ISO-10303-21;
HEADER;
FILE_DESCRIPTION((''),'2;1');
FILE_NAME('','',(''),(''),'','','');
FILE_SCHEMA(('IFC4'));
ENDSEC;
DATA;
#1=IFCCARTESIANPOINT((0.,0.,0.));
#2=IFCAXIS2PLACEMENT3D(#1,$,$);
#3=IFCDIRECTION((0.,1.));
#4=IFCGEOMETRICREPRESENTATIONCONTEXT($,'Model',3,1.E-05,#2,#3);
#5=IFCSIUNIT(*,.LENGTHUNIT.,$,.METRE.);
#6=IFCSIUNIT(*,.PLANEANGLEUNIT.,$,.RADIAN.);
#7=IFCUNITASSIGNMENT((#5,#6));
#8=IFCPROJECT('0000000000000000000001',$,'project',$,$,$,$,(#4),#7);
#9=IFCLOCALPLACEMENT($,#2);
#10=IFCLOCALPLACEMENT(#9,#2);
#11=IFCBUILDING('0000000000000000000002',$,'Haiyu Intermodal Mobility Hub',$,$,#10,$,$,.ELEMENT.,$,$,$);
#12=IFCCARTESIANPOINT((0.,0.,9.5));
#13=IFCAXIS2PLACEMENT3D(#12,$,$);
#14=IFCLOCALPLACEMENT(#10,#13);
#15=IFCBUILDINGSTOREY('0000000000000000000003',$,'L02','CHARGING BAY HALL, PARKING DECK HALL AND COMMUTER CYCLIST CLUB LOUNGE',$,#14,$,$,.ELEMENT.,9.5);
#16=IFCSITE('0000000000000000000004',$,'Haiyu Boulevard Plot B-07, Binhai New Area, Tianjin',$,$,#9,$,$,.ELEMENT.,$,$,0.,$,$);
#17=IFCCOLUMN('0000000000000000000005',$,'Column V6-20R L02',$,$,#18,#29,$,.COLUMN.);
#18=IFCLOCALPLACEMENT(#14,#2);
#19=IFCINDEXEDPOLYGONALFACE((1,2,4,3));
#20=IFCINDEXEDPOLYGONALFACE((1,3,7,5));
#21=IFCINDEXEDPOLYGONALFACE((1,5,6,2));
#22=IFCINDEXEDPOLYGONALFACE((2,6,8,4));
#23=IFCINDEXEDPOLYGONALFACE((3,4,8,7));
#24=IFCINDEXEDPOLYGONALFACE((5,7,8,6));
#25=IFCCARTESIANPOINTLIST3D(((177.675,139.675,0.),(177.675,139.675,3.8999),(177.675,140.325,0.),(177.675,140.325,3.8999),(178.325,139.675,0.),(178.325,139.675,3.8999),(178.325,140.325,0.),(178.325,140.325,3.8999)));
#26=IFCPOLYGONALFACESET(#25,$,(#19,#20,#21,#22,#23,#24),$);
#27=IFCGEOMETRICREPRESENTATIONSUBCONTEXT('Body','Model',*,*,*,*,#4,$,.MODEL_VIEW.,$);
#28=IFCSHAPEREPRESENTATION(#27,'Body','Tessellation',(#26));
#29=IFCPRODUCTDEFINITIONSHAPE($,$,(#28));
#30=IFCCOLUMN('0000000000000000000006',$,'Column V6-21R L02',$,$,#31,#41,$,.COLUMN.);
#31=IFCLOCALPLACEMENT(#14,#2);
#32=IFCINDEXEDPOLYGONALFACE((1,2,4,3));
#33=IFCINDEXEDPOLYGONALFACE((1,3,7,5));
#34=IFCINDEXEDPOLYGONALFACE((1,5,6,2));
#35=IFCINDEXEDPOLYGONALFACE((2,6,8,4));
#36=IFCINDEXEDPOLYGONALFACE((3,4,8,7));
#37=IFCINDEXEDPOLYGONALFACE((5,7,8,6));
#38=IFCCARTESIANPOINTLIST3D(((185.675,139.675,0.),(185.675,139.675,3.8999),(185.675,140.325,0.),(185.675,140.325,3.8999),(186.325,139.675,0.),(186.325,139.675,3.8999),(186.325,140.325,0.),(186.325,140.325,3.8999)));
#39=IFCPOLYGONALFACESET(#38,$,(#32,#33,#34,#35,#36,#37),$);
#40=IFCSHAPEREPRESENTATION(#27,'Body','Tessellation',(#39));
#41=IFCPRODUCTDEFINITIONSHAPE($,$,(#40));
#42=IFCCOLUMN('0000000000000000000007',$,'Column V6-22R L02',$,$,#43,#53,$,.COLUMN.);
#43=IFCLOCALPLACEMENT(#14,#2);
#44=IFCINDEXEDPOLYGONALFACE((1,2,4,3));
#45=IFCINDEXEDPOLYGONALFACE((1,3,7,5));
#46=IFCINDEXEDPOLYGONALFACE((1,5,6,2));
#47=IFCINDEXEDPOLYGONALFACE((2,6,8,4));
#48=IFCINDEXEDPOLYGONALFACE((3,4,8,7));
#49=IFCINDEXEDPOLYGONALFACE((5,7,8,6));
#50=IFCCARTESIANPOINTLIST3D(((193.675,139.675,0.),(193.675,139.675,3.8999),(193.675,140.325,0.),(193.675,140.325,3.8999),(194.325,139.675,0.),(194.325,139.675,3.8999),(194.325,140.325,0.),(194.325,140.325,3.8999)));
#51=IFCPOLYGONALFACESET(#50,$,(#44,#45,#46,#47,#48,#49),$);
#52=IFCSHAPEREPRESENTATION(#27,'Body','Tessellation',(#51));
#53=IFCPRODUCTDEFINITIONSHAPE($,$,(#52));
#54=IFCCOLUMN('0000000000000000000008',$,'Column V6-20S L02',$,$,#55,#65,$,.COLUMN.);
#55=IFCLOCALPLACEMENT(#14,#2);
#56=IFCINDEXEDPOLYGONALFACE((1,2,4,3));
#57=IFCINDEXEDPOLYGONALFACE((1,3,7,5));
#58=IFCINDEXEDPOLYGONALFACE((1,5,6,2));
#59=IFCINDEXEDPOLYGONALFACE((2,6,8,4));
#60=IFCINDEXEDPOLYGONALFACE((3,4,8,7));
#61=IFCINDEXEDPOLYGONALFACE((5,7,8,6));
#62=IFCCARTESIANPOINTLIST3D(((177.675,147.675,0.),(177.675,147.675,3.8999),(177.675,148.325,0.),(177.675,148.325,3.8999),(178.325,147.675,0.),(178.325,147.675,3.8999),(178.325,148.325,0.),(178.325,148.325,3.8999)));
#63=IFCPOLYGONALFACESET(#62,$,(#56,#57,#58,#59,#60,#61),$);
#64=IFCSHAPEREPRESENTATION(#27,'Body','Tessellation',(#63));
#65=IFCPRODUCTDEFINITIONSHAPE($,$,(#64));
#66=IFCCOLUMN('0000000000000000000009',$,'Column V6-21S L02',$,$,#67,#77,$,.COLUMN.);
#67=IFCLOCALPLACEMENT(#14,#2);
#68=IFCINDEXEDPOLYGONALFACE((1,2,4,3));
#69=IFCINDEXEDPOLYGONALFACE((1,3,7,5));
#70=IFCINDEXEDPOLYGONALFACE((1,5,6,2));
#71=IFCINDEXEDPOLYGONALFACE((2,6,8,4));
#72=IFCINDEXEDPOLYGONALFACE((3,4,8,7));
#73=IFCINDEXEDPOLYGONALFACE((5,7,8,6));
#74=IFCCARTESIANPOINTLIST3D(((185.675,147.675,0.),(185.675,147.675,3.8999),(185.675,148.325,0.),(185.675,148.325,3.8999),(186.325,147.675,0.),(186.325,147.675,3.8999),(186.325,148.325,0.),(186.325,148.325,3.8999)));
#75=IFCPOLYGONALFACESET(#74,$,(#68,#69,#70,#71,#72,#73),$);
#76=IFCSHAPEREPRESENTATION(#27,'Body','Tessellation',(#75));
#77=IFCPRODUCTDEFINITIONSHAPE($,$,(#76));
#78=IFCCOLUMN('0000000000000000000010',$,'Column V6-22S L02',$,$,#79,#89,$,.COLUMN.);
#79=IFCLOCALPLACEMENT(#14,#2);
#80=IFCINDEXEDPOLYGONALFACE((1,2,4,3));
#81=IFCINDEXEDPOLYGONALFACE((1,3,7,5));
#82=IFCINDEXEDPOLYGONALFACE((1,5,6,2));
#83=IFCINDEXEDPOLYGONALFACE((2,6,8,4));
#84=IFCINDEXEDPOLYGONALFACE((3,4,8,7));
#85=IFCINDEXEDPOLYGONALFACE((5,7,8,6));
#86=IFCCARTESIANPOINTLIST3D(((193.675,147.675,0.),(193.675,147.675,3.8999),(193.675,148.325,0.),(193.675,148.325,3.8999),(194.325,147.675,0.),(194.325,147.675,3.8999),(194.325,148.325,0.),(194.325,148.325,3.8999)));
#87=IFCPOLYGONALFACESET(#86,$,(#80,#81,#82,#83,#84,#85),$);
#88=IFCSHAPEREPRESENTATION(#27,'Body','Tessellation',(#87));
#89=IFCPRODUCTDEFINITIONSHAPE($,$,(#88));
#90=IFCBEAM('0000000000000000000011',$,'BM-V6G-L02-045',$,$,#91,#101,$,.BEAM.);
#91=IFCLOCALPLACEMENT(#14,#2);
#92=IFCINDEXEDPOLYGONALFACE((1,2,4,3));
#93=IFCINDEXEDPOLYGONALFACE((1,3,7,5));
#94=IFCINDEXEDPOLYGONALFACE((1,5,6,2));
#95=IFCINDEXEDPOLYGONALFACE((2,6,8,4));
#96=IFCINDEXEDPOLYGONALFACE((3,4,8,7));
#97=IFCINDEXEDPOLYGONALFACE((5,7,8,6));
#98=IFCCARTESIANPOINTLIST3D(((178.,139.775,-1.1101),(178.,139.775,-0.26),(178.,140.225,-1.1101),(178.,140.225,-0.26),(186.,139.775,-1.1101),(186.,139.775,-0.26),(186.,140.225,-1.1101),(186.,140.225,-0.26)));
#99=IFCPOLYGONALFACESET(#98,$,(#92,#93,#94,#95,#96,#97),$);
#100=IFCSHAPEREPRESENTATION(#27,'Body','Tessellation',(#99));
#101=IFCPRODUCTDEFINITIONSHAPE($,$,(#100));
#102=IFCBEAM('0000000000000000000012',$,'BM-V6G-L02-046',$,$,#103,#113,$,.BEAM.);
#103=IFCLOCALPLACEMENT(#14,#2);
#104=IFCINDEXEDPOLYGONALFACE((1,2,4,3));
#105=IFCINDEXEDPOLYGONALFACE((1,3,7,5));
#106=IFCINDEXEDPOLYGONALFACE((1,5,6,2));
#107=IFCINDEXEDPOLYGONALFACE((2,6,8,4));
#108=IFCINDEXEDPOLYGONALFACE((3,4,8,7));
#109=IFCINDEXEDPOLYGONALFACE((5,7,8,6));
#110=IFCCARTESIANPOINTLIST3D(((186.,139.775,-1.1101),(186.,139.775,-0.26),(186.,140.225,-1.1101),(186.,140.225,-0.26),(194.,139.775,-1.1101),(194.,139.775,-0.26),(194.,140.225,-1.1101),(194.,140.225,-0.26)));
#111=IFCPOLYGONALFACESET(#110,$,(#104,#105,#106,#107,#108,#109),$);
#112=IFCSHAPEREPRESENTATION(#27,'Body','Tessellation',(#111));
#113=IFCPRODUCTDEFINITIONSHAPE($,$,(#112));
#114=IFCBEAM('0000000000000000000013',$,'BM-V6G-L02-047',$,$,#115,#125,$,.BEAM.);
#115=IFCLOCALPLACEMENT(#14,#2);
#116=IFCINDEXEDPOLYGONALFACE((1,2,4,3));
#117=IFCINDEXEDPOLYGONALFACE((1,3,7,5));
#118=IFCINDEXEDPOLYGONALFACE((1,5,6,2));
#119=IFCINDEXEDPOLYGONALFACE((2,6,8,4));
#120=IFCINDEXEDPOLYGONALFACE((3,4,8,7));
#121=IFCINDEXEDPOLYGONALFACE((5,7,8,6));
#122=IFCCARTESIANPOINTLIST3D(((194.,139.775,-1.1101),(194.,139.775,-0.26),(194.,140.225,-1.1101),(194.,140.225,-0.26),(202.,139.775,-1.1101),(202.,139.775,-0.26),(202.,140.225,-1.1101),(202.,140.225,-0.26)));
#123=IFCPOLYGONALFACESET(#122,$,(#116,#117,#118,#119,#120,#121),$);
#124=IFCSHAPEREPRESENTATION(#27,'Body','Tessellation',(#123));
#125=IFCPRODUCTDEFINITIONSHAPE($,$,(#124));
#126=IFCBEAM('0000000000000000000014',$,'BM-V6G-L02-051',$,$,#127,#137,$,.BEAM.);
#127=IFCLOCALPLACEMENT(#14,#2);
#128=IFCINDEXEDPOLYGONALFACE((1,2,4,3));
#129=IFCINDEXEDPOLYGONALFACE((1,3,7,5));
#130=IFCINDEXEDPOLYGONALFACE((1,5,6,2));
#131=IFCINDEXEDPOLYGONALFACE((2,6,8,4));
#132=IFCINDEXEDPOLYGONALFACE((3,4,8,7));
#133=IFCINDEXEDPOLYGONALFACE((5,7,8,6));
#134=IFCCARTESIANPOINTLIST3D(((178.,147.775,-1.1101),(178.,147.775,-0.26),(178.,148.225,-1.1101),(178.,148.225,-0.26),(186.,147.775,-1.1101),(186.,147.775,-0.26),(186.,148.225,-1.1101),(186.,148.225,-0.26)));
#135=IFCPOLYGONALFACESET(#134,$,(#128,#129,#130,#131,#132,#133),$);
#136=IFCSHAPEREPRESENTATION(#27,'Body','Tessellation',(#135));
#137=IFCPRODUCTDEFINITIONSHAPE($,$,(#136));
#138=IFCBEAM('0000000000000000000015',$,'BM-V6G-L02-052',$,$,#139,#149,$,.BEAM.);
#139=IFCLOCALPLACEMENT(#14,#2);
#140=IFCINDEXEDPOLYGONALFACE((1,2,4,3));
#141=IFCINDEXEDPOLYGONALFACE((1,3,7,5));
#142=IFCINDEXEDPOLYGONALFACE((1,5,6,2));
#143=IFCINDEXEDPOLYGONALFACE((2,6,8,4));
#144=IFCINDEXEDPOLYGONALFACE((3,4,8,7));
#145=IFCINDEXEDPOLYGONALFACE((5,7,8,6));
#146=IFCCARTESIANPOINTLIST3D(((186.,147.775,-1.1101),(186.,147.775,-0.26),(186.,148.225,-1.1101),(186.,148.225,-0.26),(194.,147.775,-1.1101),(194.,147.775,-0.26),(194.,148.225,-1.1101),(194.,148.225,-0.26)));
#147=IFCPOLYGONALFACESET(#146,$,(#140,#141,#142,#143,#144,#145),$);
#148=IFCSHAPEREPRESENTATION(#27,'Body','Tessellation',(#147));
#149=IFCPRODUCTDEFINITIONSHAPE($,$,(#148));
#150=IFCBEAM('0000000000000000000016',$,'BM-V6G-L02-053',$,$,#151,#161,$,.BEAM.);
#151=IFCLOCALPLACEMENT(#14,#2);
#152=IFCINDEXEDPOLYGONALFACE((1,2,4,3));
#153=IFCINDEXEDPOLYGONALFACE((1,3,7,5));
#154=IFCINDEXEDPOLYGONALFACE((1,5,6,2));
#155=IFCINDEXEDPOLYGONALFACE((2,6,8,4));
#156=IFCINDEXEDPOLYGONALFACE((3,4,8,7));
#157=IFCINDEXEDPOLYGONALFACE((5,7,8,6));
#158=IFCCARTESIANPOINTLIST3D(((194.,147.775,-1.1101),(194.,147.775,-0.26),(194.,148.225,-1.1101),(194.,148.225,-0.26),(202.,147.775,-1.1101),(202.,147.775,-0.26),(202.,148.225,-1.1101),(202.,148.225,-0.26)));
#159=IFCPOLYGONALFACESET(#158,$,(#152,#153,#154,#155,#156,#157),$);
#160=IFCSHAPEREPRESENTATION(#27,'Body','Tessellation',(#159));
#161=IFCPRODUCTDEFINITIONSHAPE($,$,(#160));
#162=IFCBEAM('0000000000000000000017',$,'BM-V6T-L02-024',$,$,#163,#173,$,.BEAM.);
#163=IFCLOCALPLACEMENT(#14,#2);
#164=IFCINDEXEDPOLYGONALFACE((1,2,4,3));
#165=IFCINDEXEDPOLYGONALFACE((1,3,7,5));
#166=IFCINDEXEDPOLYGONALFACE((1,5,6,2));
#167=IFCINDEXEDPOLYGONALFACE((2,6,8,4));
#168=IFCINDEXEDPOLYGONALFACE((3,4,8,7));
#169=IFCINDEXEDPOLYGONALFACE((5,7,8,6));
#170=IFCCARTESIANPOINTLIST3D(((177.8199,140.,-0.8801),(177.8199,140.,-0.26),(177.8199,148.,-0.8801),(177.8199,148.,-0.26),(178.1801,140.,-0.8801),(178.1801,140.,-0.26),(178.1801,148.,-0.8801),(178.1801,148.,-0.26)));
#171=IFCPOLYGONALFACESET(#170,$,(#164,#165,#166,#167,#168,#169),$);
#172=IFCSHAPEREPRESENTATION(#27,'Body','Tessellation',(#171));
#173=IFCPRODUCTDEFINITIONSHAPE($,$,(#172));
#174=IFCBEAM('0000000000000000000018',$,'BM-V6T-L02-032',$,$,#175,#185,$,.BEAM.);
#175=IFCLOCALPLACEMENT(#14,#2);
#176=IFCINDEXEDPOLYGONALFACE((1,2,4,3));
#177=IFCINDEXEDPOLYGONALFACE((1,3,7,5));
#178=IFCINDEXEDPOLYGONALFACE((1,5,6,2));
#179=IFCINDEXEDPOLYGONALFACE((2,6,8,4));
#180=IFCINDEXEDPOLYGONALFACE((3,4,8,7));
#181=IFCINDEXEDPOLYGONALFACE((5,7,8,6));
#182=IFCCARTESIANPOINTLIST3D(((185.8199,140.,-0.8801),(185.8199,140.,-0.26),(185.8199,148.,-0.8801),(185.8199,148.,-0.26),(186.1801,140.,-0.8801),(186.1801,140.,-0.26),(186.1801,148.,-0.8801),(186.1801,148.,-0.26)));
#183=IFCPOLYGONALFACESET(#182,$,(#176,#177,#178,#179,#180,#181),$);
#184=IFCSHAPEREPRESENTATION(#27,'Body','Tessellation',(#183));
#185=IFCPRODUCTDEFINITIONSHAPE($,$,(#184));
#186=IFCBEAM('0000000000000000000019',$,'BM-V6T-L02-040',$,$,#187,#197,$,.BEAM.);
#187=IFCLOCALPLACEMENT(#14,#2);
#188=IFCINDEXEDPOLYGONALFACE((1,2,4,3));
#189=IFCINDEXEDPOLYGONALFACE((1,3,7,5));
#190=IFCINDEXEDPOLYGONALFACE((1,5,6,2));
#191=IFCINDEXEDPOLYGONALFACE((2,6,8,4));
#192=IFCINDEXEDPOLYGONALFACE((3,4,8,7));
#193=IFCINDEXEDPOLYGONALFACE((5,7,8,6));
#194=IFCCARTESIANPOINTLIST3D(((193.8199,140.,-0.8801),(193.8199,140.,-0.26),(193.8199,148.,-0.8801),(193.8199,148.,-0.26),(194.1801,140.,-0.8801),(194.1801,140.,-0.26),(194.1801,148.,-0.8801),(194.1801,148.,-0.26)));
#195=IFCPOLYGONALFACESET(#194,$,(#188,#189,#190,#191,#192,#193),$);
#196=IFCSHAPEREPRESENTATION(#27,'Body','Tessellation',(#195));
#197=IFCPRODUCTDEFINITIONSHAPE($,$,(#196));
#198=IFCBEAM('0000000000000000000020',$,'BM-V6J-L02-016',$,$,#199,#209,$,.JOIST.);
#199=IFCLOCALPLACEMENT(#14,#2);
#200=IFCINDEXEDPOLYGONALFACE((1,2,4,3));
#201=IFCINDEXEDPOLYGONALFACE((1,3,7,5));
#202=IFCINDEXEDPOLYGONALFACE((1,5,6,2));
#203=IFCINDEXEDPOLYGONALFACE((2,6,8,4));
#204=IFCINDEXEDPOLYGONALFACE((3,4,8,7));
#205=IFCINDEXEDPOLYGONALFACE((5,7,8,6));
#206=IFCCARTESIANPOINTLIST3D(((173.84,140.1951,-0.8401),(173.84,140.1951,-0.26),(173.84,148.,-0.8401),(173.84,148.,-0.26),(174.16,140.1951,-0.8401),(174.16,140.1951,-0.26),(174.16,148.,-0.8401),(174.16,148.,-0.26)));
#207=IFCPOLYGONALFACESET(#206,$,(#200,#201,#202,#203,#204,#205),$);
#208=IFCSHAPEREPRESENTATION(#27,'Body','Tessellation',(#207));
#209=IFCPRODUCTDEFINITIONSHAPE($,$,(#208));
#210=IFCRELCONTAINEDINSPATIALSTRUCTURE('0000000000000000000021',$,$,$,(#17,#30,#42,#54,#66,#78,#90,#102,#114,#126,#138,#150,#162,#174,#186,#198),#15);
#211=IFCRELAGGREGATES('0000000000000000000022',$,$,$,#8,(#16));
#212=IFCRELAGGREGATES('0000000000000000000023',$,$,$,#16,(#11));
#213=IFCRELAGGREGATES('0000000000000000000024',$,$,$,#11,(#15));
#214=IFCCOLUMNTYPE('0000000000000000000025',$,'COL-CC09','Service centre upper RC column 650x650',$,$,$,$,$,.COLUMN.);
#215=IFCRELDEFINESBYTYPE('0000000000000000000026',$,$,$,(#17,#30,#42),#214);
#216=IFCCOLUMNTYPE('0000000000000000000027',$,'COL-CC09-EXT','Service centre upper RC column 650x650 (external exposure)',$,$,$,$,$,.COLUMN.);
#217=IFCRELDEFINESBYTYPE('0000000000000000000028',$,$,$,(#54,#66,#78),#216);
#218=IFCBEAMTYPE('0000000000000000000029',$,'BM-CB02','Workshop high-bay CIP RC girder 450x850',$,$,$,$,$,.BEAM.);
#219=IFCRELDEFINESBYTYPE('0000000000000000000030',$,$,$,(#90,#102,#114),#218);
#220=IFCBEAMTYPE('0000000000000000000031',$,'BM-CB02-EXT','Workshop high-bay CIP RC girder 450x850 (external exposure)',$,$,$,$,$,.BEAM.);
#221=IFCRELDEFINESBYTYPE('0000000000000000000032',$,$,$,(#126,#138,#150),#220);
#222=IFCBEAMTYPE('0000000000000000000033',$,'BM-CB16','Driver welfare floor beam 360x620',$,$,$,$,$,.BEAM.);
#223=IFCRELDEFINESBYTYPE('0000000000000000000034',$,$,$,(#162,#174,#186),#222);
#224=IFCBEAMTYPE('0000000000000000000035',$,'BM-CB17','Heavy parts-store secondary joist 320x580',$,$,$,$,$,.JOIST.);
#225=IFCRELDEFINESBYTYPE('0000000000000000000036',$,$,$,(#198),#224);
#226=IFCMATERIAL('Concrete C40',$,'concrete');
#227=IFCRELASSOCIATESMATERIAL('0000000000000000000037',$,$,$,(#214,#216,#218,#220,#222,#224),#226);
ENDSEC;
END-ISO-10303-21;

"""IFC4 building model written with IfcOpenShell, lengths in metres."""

from ifc_helpers import new_model, si_unit, direction, frame, origin, origin_2d, place, context, subcontext, project, spatial, rectangle, extrude, material, material_profile, profile_set, type_object, element, save


model = new_model("IFC4")

# Units and contexts
model_context = context("Model", 3, precision=1e-05, world=origin(), true_north=direction((0.0, 1.0)))
body_context = subcontext(model_context, "Body", "Model", "MODEL_VIEW")
ifc_project = project(units=[si_unit("LENGTHUNIT", "METRE"), si_unit("PLANEANGLEUNIT", "RADIAN")], contexts=[model_context])

# Site, building, storey
site_placement = place(None, origin())
site = spatial("IfcSite", under=ifc_project, at=site_placement, Name="Haiyu Boulevard Plot B-07, Binhai New Area, Tianjin", CompositionType="ELEMENT", RefElevation=0.0)
building_placement = place(site_placement, origin())
building = spatial("IfcBuilding", under=site, at=building_placement, Name="Haiyu Intermodal Mobility Hub", CompositionType="ELEMENT")
storey_placement = place(building_placement, frame((0.0, 0.0, 9.5)))
storey = spatial("IfcBuildingStorey", under=building, at=storey_placement, Name="L02", Description="CHARGING BAY HALL, PARKING DECK HALL AND COMMUTER CYCLIST CLUB LOUNGE", CompositionType="ELEMENT", Elevation=9.5)

# Columns
ifc_material_1 = material(Name="Concrete C40", Category="concrete")
ifc_material_profile_1 = material_profile(ifc_material_1, rectangle(XDim=0.6499, YDim=0.6499, at=origin_2d()), Name="RC650x650")
ifc_profile_set_1 = profile_set([ifc_material_profile_1], Name="Concrete C40")
column_type_1 = type_object("IfcColumnType", Name="COL-CC09", Description="Service centre upper RC column 650x650", PredefinedType="COLUMN", material=ifc_profile_set_1)
for number, where, z_axis, x_axis, name in (
    (1, (178.0, 140.0, 0.0), (0.0, 0.0, 1.0), (1.0, 0.0, 0.0), "Column V6-20R L02"),
    (2, (186.0, 140.0, 0.0), (0.0, 0.0, 1.0), (1.0, 0.0, 0.0), "Column V6-21R L02"),
    (3, (194.0, 140.0, 0.0), (0.0, 0.0, 1.0), (1.0, 0.0, 0.0), "Column V6-22R L02"),
):
    element("IfcColumn", number, at=place(storey_placement, frame(where, z_axis=z_axis, x_axis=x_axis)), inside=storey, type_object=column_type_1, Name=name, PredefinedType="COLUMN", context=body_context, shape_type="SweptSolid", body=[
        extrude(rectangle(XDim=0.6499, YDim=0.6499, at=origin_2d()), origin(), (0.0, 0.0, 1.0), 3.8999),
    ])
ifc_material_profile_2 = material_profile(ifc_material_1, rectangle(XDim=0.6499, YDim=0.6499, at=origin_2d()), Name="RC650x650")
ifc_profile_set_2 = profile_set([ifc_material_profile_2], Name="Concrete C40")
column_type_2 = type_object("IfcColumnType", Name="COL-CC09-EXT", Description="Service centre upper RC column 650x650 (external exposure)", PredefinedType="COLUMN", material=ifc_profile_set_2)
for number, where, z_axis, x_axis, name in (
    (4, (178.0, 148.0, 0.0), (0.0, 0.0, 1.0), (1.0, 0.0, 0.0), "Column V6-20S L02"),
    (5, (186.0, 148.0, 0.0), (0.0, 0.0, 1.0), (1.0, 0.0, 0.0), "Column V6-21S L02"),
    (6, (194.0, 148.0, 0.0), (0.0, 0.0, 1.0), (1.0, 0.0, 0.0), "Column V6-22S L02"),
):
    element("IfcColumn", number, at=place(storey_placement, frame(where, z_axis=z_axis, x_axis=x_axis)), inside=storey, type_object=column_type_2, Name=name, PredefinedType="COLUMN", context=body_context, shape_type="SweptSolid", body=[
        extrude(rectangle(XDim=0.6499, YDim=0.6499, at=origin_2d()), origin(), (0.0, 0.0, 1.0), 3.8999),
    ])

# Beams
ifc_material_profile_3 = material_profile(ifc_material_1, rectangle(XDim=0.45, YDim=0.8501, at=origin_2d()), Name="RCB450x850")
ifc_profile_set_3 = profile_set([ifc_material_profile_3], Name="Concrete C40")
beam_type_1 = type_object("IfcBeamType", Name="BM-CB02", Description="Workshop high-bay CIP RC girder 450x850", PredefinedType="BEAM", material=ifc_profile_set_3)
for number, where, z_axis, x_axis, name in (
    (7, (178.0, 140.0, -0.6851), (1.0, 0.0, 0.0), (0.0, 1.0, 0.0), "BM-V6G-L02-045"),
    (8, (186.0, 140.0, -0.6851), (1.0, 0.0, 0.0), (0.0, 1.0, 0.0), "BM-V6G-L02-046"),
    (9, (194.0, 140.0, -0.6851), (1.0, 0.0, 0.0), (0.0, 1.0, 0.0), "BM-V6G-L02-047"),
):
    element("IfcBeam", number, at=place(storey_placement, frame(where, z_axis=z_axis, x_axis=x_axis)), inside=storey, type_object=beam_type_1, Name=name, PredefinedType="BEAM", context=body_context, shape_type="SweptSolid", body=[
        extrude(rectangle(XDim=0.45, YDim=0.8501, at=origin_2d()), origin(), (0.0, 0.0, 1.0), 8.0),
    ])
ifc_material_profile_4 = material_profile(ifc_material_1, rectangle(XDim=0.45, YDim=0.8501, at=origin_2d()), Name="RCB450x850")
ifc_profile_set_4 = profile_set([ifc_material_profile_4], Name="Concrete C40")
beam_type_2 = type_object("IfcBeamType", Name="BM-CB02-EXT", Description="Workshop high-bay CIP RC girder 450x850 (external exposure)", PredefinedType="BEAM", material=ifc_profile_set_4)
for number, where, z_axis, x_axis, name in (
    (10, (178.0, 148.0, -0.6851), (1.0, 0.0, 0.0), (0.0, 1.0, 0.0), "BM-V6G-L02-051"),
    (11, (186.0, 148.0, -0.6851), (1.0, 0.0, 0.0), (0.0, 1.0, 0.0), "BM-V6G-L02-052"),
    (12, (194.0, 148.0, -0.6851), (1.0, 0.0, 0.0), (0.0, 1.0, 0.0), "BM-V6G-L02-053"),
):
    element("IfcBeam", number, at=place(storey_placement, frame(where, z_axis=z_axis, x_axis=x_axis)), inside=storey, type_object=beam_type_2, Name=name, PredefinedType="BEAM", context=body_context, shape_type="SweptSolid", body=[
        extrude(rectangle(XDim=0.45, YDim=0.8501, at=origin_2d()), origin(), (0.0, 0.0, 1.0), 8.0),
    ])
ifc_material_profile_5 = material_profile(ifc_material_1, rectangle(XDim=0.3601, YDim=0.6201, at=origin_2d()), Name="B360x620")
ifc_profile_set_5 = profile_set([ifc_material_profile_5], Name="Concrete C40")
beam_type_3 = type_object("IfcBeamType", Name="BM-CB16", Description="Driver welfare floor beam 360x620", PredefinedType="BEAM", material=ifc_profile_set_5)
for number, where, z_axis, x_axis, name in (
    (13, (178.0, 140.0, -0.5701), (0.0, 1.0, 0.0), (-1.0, 0.0, 0.0), "BM-V6T-L02-024"),
    (14, (186.0, 140.0, -0.5701), (0.0, 1.0, 0.0), (-1.0, 0.0, 0.0), "BM-V6T-L02-032"),
    (15, (194.0, 140.0, -0.5701), (0.0, 1.0, 0.0), (-1.0, 0.0, 0.0), "BM-V6T-L02-040"),
):
    element("IfcBeam", number, at=place(storey_placement, frame(where, z_axis=z_axis, x_axis=x_axis)), inside=storey, type_object=beam_type_3, Name=name, PredefinedType="BEAM", context=body_context, shape_type="SweptSolid", body=[
        extrude(rectangle(XDim=0.3601, YDim=0.6201, at=origin_2d()), origin(), (0.0, 0.0, 1.0), 8.0),
    ])
ifc_material_profile_6 = material_profile(ifc_material_1, rectangle(XDim=0.3201, YDim=0.5801, at=origin_2d()), Name="B320x580")
ifc_profile_set_6 = profile_set([ifc_material_profile_6], Name="Concrete C40")
beam_type_4 = type_object("IfcBeamType", Name="BM-CB17", Description="Heavy parts-store secondary joist 320x580", PredefinedType="JOIST", material=ifc_profile_set_6)
for number, where, z_axis, x_axis, name in (
    (16, (174.0, 140.1951, -0.55), (0.0, 1.0, 0.0), (-1.0, 0.0, 0.0), "BM-V6J-L02-016"),
):
    element("IfcBeam", number, at=place(storey_placement, frame(where, z_axis=z_axis, x_axis=x_axis)), inside=storey, type_object=beam_type_4, Name=name, PredefinedType="JOIST", context=body_context, shape_type="SweptSolid", body=[
        extrude(rectangle(XDim=0.3201, YDim=0.5801, at=origin_2d()), origin(), (0.0, 0.0, 1.0), 7.8049),
    ])

save(model, "model.ifc")
